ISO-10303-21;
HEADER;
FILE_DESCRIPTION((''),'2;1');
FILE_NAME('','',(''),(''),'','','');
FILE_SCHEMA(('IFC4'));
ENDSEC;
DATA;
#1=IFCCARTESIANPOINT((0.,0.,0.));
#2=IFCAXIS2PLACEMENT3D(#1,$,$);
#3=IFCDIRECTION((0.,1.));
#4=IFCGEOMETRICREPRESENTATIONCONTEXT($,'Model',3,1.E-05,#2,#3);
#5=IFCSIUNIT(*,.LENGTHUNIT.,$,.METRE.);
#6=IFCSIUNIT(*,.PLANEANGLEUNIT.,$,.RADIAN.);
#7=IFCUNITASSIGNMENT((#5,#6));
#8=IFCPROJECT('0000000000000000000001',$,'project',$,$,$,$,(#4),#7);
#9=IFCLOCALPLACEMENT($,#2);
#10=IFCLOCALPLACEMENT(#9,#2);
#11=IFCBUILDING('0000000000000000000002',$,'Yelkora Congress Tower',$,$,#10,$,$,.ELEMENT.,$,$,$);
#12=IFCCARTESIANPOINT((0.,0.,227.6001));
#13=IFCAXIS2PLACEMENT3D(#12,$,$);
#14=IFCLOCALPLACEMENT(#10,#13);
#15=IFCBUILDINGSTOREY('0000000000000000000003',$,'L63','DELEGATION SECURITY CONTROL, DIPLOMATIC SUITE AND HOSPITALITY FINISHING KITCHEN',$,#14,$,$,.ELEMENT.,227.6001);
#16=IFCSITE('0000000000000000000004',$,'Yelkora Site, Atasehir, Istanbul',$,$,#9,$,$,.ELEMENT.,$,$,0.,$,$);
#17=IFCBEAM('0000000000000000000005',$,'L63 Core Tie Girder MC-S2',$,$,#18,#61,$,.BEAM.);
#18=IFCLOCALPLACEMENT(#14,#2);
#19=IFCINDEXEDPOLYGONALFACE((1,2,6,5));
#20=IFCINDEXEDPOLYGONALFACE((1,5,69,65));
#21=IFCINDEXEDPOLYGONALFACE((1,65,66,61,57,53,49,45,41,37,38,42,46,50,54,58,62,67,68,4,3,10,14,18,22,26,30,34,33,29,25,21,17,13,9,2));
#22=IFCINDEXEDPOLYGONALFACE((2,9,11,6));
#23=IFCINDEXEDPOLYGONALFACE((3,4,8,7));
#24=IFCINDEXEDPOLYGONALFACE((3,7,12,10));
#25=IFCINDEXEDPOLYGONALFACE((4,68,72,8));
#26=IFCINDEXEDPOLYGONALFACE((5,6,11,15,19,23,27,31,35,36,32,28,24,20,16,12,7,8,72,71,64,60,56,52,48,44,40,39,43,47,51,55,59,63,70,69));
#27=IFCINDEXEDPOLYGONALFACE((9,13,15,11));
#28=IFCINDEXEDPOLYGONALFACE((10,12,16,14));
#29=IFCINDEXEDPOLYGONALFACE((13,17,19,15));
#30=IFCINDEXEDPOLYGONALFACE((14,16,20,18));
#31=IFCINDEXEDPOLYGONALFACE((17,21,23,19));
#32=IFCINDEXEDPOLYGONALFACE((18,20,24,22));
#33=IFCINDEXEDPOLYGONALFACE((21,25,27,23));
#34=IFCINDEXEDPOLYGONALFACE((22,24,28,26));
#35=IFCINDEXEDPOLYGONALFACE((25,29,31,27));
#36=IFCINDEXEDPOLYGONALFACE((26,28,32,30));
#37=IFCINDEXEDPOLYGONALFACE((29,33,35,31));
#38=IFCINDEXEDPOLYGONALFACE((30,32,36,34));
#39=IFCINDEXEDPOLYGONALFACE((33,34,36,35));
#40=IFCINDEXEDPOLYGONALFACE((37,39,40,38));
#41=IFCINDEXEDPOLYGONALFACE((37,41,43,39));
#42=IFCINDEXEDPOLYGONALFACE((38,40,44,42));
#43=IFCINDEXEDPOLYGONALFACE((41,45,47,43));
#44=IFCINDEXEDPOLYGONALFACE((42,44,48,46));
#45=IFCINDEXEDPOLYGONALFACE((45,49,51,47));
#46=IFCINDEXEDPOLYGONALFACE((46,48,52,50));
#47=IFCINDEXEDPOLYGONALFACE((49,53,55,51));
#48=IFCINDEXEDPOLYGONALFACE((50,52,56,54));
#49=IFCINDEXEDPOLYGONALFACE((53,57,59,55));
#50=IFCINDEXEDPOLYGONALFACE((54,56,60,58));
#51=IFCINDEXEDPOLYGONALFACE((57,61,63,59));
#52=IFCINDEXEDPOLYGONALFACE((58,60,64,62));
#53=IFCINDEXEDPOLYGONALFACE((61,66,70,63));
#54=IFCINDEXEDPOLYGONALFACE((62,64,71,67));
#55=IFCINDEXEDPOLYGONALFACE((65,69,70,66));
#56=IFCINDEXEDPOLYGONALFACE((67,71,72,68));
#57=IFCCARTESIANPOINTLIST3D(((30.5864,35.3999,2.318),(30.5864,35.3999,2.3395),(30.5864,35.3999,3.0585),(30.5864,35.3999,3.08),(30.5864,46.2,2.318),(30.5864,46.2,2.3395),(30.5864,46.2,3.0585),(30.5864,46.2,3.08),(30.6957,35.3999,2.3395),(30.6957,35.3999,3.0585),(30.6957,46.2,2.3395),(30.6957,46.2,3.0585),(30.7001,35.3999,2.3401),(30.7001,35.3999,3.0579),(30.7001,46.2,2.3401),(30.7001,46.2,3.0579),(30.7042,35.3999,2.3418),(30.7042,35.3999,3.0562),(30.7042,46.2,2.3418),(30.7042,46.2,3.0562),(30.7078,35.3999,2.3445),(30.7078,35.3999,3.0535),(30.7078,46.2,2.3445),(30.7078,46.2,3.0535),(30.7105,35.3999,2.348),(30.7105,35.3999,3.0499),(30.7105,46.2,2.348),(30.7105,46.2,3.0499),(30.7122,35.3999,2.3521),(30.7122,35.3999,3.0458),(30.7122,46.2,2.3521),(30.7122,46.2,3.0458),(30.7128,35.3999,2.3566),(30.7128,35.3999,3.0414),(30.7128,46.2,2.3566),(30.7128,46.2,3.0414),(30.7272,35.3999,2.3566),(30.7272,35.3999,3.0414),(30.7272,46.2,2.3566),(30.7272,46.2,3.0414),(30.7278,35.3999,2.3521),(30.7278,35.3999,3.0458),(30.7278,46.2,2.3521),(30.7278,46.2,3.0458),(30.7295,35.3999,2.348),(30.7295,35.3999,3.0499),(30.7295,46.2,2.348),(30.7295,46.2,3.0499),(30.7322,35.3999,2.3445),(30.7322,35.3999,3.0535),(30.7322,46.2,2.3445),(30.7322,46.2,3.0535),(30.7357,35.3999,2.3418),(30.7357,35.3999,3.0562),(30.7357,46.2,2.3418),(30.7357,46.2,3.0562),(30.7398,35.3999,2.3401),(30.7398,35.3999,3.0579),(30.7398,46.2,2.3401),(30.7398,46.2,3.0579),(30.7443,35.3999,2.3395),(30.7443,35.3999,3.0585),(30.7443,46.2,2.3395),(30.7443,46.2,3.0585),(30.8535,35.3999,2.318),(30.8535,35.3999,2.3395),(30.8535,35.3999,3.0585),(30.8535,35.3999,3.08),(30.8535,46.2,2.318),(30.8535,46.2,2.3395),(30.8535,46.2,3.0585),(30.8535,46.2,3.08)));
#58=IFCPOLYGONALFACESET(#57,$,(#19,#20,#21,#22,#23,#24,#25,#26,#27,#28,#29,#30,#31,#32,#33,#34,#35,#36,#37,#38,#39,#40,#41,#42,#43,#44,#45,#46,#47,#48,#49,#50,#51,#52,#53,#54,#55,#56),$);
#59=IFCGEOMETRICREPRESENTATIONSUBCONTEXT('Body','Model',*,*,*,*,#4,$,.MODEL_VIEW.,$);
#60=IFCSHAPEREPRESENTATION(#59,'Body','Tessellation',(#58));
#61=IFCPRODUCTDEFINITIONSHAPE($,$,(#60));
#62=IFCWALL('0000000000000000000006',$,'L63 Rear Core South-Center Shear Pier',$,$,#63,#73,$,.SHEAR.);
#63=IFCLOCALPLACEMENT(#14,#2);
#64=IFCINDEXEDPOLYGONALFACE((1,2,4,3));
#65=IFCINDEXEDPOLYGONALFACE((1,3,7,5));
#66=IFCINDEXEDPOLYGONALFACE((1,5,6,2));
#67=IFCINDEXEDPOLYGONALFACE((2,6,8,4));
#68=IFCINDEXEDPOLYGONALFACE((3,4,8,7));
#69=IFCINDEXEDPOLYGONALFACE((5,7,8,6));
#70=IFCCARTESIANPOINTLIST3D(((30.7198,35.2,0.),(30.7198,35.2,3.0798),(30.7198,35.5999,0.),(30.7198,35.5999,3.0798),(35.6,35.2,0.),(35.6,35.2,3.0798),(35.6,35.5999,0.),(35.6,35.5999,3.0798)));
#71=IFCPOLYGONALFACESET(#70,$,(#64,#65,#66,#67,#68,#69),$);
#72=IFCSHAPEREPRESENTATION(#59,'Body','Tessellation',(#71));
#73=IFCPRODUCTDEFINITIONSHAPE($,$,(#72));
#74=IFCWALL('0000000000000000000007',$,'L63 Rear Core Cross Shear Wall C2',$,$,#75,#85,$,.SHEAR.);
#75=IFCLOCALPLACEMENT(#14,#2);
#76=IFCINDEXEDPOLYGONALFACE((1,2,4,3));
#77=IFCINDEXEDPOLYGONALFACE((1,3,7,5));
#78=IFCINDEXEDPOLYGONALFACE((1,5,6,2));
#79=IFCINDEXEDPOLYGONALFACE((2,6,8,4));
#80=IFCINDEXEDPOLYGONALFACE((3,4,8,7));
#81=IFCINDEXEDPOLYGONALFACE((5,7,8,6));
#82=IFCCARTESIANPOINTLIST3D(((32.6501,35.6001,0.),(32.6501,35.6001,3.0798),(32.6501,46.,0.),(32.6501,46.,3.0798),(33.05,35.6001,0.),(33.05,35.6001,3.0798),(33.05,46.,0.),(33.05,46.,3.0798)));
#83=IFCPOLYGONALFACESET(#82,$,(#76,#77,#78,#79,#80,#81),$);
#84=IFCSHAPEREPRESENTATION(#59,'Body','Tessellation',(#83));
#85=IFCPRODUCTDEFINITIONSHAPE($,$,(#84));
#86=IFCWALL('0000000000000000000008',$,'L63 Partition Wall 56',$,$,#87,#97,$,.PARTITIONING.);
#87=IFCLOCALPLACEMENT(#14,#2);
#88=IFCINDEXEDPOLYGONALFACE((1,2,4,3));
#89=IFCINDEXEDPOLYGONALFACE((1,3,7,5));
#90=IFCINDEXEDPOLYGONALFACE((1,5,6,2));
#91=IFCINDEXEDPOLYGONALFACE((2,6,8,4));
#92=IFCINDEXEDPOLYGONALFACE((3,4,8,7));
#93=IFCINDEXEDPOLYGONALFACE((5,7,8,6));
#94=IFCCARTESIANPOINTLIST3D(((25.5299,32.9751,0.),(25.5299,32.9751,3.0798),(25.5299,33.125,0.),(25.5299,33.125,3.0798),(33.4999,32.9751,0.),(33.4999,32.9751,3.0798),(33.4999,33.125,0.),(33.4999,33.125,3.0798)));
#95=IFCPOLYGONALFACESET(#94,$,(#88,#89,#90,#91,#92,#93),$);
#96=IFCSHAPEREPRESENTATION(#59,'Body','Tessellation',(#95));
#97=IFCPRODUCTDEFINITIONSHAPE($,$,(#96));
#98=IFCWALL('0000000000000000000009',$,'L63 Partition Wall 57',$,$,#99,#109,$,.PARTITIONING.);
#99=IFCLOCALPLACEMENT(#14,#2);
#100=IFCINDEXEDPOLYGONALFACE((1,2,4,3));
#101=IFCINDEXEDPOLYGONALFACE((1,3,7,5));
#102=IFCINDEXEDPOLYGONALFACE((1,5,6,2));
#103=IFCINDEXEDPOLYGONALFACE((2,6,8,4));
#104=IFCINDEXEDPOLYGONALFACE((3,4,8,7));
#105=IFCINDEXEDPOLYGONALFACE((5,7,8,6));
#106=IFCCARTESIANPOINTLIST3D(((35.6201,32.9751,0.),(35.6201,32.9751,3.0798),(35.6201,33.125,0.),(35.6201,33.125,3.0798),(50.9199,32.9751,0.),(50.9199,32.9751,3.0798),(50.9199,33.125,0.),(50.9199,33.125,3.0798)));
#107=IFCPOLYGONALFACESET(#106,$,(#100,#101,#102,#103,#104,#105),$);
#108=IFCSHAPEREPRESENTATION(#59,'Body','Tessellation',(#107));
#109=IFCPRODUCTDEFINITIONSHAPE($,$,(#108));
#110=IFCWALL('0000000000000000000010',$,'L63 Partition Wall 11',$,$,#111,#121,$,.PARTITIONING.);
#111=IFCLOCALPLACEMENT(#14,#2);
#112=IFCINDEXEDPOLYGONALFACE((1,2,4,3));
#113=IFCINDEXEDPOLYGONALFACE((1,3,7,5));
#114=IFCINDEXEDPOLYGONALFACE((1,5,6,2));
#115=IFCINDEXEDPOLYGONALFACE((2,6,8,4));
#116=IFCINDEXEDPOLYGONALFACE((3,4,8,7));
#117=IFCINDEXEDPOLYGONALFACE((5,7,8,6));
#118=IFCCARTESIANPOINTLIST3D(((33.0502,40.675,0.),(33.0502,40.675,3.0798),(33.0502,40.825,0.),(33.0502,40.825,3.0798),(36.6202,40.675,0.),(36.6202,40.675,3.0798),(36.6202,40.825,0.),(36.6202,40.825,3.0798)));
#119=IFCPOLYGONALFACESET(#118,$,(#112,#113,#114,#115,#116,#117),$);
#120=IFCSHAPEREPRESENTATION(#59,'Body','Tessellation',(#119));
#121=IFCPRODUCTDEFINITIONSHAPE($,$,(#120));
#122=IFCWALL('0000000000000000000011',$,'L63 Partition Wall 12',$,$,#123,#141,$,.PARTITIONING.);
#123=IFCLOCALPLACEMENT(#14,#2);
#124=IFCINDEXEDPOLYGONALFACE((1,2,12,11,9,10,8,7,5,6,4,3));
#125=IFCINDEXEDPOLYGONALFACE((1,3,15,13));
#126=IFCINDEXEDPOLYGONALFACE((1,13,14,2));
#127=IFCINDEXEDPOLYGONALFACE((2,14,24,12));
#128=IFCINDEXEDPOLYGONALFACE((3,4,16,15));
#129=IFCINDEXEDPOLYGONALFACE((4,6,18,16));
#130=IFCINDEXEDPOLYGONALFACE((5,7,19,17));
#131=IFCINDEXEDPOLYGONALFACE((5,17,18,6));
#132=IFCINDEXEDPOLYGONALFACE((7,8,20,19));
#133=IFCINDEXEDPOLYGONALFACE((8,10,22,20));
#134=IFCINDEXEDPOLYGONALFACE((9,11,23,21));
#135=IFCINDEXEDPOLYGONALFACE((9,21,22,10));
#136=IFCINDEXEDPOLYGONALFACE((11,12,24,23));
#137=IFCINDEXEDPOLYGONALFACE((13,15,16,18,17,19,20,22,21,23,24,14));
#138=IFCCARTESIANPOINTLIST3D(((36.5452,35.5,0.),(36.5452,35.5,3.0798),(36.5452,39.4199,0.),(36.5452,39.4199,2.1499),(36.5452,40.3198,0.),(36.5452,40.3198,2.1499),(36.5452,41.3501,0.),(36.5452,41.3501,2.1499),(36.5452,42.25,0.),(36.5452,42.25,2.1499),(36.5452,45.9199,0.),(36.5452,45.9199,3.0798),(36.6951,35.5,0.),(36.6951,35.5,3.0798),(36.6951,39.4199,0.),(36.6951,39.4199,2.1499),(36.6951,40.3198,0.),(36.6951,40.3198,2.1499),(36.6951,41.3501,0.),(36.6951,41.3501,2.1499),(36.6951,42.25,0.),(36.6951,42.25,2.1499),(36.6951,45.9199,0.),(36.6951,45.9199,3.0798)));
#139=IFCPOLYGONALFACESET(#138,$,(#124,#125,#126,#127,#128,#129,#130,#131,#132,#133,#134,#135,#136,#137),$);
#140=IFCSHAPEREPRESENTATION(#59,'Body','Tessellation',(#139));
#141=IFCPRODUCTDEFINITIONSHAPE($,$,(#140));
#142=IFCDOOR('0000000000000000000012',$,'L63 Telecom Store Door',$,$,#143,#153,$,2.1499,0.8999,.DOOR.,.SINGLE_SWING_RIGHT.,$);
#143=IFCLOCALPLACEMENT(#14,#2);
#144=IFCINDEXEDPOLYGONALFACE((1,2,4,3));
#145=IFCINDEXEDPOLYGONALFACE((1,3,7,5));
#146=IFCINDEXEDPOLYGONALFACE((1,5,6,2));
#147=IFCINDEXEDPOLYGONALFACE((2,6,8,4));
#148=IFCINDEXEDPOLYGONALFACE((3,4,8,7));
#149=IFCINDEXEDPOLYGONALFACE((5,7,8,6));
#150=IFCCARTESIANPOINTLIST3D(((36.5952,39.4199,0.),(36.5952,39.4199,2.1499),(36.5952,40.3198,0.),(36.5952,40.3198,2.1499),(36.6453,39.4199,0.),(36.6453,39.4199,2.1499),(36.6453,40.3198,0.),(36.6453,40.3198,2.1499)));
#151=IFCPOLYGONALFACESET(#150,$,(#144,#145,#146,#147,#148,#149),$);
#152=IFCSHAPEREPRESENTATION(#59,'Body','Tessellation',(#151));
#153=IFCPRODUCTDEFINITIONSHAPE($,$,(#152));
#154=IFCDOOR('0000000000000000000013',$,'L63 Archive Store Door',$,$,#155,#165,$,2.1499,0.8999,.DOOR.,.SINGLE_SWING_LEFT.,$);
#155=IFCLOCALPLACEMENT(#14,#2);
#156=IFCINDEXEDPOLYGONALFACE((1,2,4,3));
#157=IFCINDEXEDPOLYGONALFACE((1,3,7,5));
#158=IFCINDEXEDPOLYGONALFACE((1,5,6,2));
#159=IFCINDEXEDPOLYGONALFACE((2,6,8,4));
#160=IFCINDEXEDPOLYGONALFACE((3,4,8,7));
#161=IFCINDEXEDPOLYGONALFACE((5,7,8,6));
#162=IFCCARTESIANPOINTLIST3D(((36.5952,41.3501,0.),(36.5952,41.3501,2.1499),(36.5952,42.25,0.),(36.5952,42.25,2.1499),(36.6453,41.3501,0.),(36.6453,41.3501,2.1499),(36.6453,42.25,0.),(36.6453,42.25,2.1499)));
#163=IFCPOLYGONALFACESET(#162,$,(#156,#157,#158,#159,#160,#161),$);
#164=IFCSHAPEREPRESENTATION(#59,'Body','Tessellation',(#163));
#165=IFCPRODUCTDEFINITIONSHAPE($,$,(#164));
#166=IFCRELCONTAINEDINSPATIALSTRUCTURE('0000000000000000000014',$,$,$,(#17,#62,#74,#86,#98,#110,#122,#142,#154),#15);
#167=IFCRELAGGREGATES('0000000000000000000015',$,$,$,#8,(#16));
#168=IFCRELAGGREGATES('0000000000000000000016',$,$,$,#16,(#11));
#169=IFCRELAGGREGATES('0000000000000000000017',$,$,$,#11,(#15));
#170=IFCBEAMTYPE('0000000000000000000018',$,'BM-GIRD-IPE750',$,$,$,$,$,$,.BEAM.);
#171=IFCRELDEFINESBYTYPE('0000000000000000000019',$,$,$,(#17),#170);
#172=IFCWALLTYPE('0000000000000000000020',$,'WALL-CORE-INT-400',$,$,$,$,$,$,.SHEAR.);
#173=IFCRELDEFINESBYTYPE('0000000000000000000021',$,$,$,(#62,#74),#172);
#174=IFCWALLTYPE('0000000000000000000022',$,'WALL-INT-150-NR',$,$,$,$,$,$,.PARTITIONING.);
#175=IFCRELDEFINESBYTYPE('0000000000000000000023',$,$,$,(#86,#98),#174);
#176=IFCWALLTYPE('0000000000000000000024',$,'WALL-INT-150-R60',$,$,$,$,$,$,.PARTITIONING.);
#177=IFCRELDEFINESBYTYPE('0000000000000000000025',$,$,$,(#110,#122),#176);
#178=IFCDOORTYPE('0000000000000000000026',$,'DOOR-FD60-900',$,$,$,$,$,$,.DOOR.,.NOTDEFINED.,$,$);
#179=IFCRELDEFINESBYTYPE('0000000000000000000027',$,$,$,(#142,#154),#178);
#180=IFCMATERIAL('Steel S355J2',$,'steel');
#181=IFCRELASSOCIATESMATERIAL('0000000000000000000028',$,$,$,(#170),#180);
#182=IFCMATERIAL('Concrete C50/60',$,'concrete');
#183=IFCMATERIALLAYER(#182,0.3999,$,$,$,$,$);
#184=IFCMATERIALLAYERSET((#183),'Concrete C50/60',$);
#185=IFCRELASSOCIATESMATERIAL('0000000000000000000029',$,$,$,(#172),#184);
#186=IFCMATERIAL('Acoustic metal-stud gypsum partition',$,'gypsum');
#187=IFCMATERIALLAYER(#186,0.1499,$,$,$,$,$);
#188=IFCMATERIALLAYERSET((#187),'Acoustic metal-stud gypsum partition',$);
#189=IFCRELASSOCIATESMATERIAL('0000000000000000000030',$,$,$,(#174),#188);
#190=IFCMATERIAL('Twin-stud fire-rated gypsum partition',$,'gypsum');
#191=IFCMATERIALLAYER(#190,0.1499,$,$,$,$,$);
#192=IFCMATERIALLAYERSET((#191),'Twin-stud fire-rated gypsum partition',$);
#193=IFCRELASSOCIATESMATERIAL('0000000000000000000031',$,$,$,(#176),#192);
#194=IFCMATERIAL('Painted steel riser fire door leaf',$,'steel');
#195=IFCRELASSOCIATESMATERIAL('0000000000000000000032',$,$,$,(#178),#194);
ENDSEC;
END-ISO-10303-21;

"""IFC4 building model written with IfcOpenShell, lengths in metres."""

from ifc_helpers import new_model, si_unit, direction, frame, frame_2d, origin, origin_2d, place, context, subcontext, project, spatial, rectangle, i_section, extrude, material, layer, layer_set, material_profile, profile_set, type_object, element, fill, save


model = new_model("IFC4")

# Units and contexts
model_context = context("Model", 3, precision=1e-05, world=origin(), true_north=direction((0.0, 1.0)))
body_context = subcontext(model_context, "Body", "Model", "MODEL_VIEW")
ifc_project = project(units=[si_unit("LENGTHUNIT", "METRE"), si_unit("PLANEANGLEUNIT", "RADIAN")], contexts=[model_context])

# Site, building, storey
site_placement = place(None, origin())
site = spatial("IfcSite", under=ifc_project, at=site_placement, Name="Yelkora Site, Atasehir, Istanbul", CompositionType="ELEMENT", RefElevation=0.0)
building_placement = place(site_placement, origin())
building = spatial("IfcBuilding", under=site, at=building_placement, Name="Yelkora Congress Tower", CompositionType="ELEMENT")
storey_placement = place(building_placement, frame((0.0, 0.0, 227.6001)))
storey = spatial("IfcBuildingStorey", under=building, at=storey_placement, Name="L63", Description="DELEGATION SECURITY CONTROL, DIPLOMATIC SUITE AND HOSPITALITY FINISHING KITCHEN", CompositionType="ELEMENT", Elevation=227.6001)

# Beam
ifc_material_1 = material(Name="Steel S355J2", Category="steel")
ifc_material_profile_1 = material_profile(ifc_material_1, i_section(OverallWidth=0.2671, OverallDepth=0.762, WebThickness=0.0144, FlangeThickness=0.0215, FilletRadius=0.0171, at=origin_2d()), Name="IPE 750x173")
ifc_profile_set_1 = profile_set([ifc_material_profile_1], Name="Steel S355J2")
beam_type = type_object("IfcBeamType", Name="BM-GIRD-IPE750", PredefinedType="BEAM", material=ifc_profile_set_1)
beam_1_placement = place(storey_placement, frame((30.72, 35.3999, 2.699), z_axis=(0.0, 1.0, 0.0), x_axis=(-1.0, 0.0, 0.0)))
element("IfcBeam", 1, at=beam_1_placement, inside=storey, type_object=beam_type, Name="L63 Core Tie Girder MC-S2", PredefinedType="BEAM", context=body_context, shape_type="SweptSolid", body=[
    extrude(i_section(OverallWidth=0.2671, OverallDepth=0.762, WebThickness=0.0144, FlangeThickness=0.0215, FilletRadius=0.0171, at=origin_2d()), origin(), (0.0, 0.0, 1.0), 10.8),
])

# Wall
ifc_material_2 = material(Name="Concrete C50/60", Category="concrete")
ifc_layer_1 = layer(ifc_material_2, 0.3999)
ifc_layer_set_1 = layer_set([ifc_layer_1], Name="Concrete C50/60")
wall_type_1 = type_object("IfcWallType", Name="WALL-CORE-INT-400", PredefinedType="SHEAR", material=ifc_layer_set_1)
wall_1_placement = place(storey_placement, frame((30.72, 35.3999, 0.0), z_axis=(0.0, 0.0, 1.0), x_axis=(1.0, 0.0, 0.0)))
element("IfcWall", 2, at=wall_1_placement, inside=storey, type_object=wall_type_1, Name="L63 Rear Core South-Center Shear Pier", PredefinedType="SHEAR", context=body_context, shape_type="SweptSolid", body=[
    extrude(rectangle(XDim=4.8801, YDim=0.3999, at=frame_2d((2.4399, 0.0))), origin(), (0.0, 0.0, 1.0), 3.0798),
])

# Walls
wall_2_placement = place(storey_placement, frame((32.8501, 35.6001, 0.0), z_axis=(0.0, 0.0, 1.0), x_axis=(0.0, 1.0, 0.0)))
element("IfcWall", 3, at=wall_2_placement, inside=storey, type_object=wall_type_1, Name="L63 Rear Core Cross Shear Wall C2", PredefinedType="SHEAR", context=body_context, shape_type="SweptSolid", body=[
    extrude(rectangle(XDim=10.3999, YDim=0.3999, at=frame_2d((5.2, 0.0))), origin(), (0.0, 0.0, 1.0), 3.0798),
])
ifc_material_3 = material(Name="Acoustic metal-stud gypsum partition", Category="gypsum")
ifc_layer_2 = layer(ifc_material_3, 0.1499)
ifc_layer_set_2 = layer_set([ifc_layer_2], Name="Acoustic metal-stud gypsum partition")
wall_type_2 = type_object("IfcWallType", Name="WALL-INT-150-NR", PredefinedType="PARTITIONING", material=ifc_layer_set_2)
wall_3_placement = place(storey_placement, frame((25.53, 33.05, 0.0), z_axis=(0.0, 0.0, 1.0), x_axis=(1.0, 0.0, 0.0)))
element("IfcWall", 4, at=wall_3_placement, inside=storey, type_object=wall_type_2, Name="L63 Partition Wall 56", PredefinedType="PARTITIONING", context=body_context, shape_type="SweptSolid", body=[
    extrude(rectangle(XDim=7.97, YDim=0.1499, at=frame_2d((3.9849, 0.0))), origin(), (0.0, 0.0, 1.0), 3.0798),
])
wall_4_placement = place(storey_placement, frame((35.6201, 33.05, 0.0), z_axis=(0.0, 0.0, 1.0), x_axis=(1.0, 0.0, 0.0)))
element("IfcWall", 5, at=wall_4_placement, inside=storey, type_object=wall_type_2, Name="L63 Partition Wall 57", PredefinedType="PARTITIONING", context=body_context, shape_type="SweptSolid", body=[
    extrude(rectangle(XDim=15.2998, YDim=0.1499, at=frame_2d((7.6499, 0.0))), origin(), (0.0, 0.0, 1.0), 3.0798),
])
ifc_material_4 = material(Name="Twin-stud fire-rated gypsum partition", Category="gypsum")
ifc_layer_3 = layer(ifc_material_4, 0.1499)
ifc_layer_set_3 = layer_set([ifc_layer_3], Name="Twin-stud fire-rated gypsum partition")
wall_type_3 = type_object("IfcWallType", Name="WALL-INT-150-R60", PredefinedType="PARTITIONING", material=ifc_layer_set_3)
wall_5_placement = place(storey_placement, frame((33.05, 40.75, 0.0), z_axis=(0.0, 0.0, 1.0), x_axis=(1.0, 0.0, 0.0)))
element("IfcWall", 6, at=wall_5_placement, inside=storey, type_object=wall_type_3, Name="L63 Partition Wall 11", PredefinedType="PARTITIONING", context=body_context, shape_type="SweptSolid", body=[
    extrude(rectangle(XDim=3.5701, YDim=0.1499, at=frame_2d((1.7852, 0.0))), origin(), (0.0, 0.0, 1.0), 3.0798),
])

# Wall, openings, doors
wall_6_placement = place(storey_placement, frame((36.6201, 35.5, 0.0), z_axis=(0.0, 0.0, 1.0), x_axis=(0.0, 1.0, 0.0)))
wall_6 = element("IfcWall", 7, at=wall_6_placement, inside=storey, type_object=wall_type_3, Name="L63 Partition Wall 12", PredefinedType="PARTITIONING", context=body_context, shape_type="SweptSolid", body=[
    extrude(rectangle(XDim=10.4199, YDim=0.1499, at=frame_2d((5.21, 0.0))), origin(), (0.0, 0.0, 1.0), 3.0798),
])
opening_1_placement = place(wall_6_placement, frame((3.9199, 0.0, 0.0)))
opening_1 = element("IfcOpeningElement", 8, at=opening_1_placement, cuts=wall_6, PredefinedType="OPENING", context=body_context, shape_type="SweptSolid", body=[
    extrude(rectangle(XDim=0.8999, YDim=2.1499, at=frame_2d((0.45, 1.075))), frame((0.0, 0.085, 0.0), z_axis=(0.0, -1.0, 0.0), x_axis=(1.0, 0.0, 0.0)), (0.0, 0.0, 1.0), 0.1699),
])
opening_2_placement = place(wall_6_placement, frame((5.8501, 0.0, 0.0)))
opening_2 = element("IfcOpeningElement", 9, at=opening_2_placement, cuts=wall_6, PredefinedType="OPENING", context=body_context, shape_type="SweptSolid", body=[
    extrude(rectangle(XDim=0.8999, YDim=2.1499, at=frame_2d((0.45, 1.075))), frame((0.0, 0.085, 0.0), z_axis=(0.0, -1.0, 0.0), x_axis=(1.0, 0.0, 0.0)), (0.0, 0.0, 1.0), 0.1699),
])
ifc_material_5 = material(Name="Painted steel riser fire door leaf", Category="steel")
door_type_1 = type_object("IfcDoorType", Name="DOOR-FD60-900", OperationType="NOTDEFINED", PredefinedType="DOOR", material=ifc_material_5)
door_1_placement = place(opening_1_placement, origin())
door_1 = element("IfcDoor", 10, at=door_1_placement, inside=storey, type_object=door_type_1, Name="L63 Telecom Store Door", OperationType="SINGLE_SWING_RIGHT", OverallHeight=2.1499, OverallWidth=0.8999, PredefinedType="DOOR", context=body_context, shape_type="SweptSolid", body=[
    extrude(rectangle(XDim=0.8999, YDim=2.1499, at=frame_2d((0.45, 1.075))), frame((0.0, 0.0249, 0.0), z_axis=(0.0, -1.0, 0.0), x_axis=(1.0, 0.0, 0.0)), (0.0, 0.0, 1.0), 0.05),
])
fill(opening_1, door_1)
door_2_placement = place(opening_2_placement, origin())
door_2 = element("IfcDoor", 11, at=door_2_placement, inside=storey, type_object=door_type_1, Name="L63 Archive Store Door", OperationType="SINGLE_SWING_LEFT", OverallHeight=2.1499, OverallWidth=0.8999, PredefinedType="DOOR", context=body_context, shape_type="SweptSolid", body=[
    extrude(rectangle(XDim=0.8999, YDim=2.1499, at=frame_2d((0.45, 1.075))), frame((0.0, 0.0249, 0.0), z_axis=(0.0, -1.0, 0.0), x_axis=(1.0, 0.0, 0.0)), (0.0, 0.0, 1.0), 0.05),
])
fill(opening_2, door_2)

save(model, "model.ifc")
